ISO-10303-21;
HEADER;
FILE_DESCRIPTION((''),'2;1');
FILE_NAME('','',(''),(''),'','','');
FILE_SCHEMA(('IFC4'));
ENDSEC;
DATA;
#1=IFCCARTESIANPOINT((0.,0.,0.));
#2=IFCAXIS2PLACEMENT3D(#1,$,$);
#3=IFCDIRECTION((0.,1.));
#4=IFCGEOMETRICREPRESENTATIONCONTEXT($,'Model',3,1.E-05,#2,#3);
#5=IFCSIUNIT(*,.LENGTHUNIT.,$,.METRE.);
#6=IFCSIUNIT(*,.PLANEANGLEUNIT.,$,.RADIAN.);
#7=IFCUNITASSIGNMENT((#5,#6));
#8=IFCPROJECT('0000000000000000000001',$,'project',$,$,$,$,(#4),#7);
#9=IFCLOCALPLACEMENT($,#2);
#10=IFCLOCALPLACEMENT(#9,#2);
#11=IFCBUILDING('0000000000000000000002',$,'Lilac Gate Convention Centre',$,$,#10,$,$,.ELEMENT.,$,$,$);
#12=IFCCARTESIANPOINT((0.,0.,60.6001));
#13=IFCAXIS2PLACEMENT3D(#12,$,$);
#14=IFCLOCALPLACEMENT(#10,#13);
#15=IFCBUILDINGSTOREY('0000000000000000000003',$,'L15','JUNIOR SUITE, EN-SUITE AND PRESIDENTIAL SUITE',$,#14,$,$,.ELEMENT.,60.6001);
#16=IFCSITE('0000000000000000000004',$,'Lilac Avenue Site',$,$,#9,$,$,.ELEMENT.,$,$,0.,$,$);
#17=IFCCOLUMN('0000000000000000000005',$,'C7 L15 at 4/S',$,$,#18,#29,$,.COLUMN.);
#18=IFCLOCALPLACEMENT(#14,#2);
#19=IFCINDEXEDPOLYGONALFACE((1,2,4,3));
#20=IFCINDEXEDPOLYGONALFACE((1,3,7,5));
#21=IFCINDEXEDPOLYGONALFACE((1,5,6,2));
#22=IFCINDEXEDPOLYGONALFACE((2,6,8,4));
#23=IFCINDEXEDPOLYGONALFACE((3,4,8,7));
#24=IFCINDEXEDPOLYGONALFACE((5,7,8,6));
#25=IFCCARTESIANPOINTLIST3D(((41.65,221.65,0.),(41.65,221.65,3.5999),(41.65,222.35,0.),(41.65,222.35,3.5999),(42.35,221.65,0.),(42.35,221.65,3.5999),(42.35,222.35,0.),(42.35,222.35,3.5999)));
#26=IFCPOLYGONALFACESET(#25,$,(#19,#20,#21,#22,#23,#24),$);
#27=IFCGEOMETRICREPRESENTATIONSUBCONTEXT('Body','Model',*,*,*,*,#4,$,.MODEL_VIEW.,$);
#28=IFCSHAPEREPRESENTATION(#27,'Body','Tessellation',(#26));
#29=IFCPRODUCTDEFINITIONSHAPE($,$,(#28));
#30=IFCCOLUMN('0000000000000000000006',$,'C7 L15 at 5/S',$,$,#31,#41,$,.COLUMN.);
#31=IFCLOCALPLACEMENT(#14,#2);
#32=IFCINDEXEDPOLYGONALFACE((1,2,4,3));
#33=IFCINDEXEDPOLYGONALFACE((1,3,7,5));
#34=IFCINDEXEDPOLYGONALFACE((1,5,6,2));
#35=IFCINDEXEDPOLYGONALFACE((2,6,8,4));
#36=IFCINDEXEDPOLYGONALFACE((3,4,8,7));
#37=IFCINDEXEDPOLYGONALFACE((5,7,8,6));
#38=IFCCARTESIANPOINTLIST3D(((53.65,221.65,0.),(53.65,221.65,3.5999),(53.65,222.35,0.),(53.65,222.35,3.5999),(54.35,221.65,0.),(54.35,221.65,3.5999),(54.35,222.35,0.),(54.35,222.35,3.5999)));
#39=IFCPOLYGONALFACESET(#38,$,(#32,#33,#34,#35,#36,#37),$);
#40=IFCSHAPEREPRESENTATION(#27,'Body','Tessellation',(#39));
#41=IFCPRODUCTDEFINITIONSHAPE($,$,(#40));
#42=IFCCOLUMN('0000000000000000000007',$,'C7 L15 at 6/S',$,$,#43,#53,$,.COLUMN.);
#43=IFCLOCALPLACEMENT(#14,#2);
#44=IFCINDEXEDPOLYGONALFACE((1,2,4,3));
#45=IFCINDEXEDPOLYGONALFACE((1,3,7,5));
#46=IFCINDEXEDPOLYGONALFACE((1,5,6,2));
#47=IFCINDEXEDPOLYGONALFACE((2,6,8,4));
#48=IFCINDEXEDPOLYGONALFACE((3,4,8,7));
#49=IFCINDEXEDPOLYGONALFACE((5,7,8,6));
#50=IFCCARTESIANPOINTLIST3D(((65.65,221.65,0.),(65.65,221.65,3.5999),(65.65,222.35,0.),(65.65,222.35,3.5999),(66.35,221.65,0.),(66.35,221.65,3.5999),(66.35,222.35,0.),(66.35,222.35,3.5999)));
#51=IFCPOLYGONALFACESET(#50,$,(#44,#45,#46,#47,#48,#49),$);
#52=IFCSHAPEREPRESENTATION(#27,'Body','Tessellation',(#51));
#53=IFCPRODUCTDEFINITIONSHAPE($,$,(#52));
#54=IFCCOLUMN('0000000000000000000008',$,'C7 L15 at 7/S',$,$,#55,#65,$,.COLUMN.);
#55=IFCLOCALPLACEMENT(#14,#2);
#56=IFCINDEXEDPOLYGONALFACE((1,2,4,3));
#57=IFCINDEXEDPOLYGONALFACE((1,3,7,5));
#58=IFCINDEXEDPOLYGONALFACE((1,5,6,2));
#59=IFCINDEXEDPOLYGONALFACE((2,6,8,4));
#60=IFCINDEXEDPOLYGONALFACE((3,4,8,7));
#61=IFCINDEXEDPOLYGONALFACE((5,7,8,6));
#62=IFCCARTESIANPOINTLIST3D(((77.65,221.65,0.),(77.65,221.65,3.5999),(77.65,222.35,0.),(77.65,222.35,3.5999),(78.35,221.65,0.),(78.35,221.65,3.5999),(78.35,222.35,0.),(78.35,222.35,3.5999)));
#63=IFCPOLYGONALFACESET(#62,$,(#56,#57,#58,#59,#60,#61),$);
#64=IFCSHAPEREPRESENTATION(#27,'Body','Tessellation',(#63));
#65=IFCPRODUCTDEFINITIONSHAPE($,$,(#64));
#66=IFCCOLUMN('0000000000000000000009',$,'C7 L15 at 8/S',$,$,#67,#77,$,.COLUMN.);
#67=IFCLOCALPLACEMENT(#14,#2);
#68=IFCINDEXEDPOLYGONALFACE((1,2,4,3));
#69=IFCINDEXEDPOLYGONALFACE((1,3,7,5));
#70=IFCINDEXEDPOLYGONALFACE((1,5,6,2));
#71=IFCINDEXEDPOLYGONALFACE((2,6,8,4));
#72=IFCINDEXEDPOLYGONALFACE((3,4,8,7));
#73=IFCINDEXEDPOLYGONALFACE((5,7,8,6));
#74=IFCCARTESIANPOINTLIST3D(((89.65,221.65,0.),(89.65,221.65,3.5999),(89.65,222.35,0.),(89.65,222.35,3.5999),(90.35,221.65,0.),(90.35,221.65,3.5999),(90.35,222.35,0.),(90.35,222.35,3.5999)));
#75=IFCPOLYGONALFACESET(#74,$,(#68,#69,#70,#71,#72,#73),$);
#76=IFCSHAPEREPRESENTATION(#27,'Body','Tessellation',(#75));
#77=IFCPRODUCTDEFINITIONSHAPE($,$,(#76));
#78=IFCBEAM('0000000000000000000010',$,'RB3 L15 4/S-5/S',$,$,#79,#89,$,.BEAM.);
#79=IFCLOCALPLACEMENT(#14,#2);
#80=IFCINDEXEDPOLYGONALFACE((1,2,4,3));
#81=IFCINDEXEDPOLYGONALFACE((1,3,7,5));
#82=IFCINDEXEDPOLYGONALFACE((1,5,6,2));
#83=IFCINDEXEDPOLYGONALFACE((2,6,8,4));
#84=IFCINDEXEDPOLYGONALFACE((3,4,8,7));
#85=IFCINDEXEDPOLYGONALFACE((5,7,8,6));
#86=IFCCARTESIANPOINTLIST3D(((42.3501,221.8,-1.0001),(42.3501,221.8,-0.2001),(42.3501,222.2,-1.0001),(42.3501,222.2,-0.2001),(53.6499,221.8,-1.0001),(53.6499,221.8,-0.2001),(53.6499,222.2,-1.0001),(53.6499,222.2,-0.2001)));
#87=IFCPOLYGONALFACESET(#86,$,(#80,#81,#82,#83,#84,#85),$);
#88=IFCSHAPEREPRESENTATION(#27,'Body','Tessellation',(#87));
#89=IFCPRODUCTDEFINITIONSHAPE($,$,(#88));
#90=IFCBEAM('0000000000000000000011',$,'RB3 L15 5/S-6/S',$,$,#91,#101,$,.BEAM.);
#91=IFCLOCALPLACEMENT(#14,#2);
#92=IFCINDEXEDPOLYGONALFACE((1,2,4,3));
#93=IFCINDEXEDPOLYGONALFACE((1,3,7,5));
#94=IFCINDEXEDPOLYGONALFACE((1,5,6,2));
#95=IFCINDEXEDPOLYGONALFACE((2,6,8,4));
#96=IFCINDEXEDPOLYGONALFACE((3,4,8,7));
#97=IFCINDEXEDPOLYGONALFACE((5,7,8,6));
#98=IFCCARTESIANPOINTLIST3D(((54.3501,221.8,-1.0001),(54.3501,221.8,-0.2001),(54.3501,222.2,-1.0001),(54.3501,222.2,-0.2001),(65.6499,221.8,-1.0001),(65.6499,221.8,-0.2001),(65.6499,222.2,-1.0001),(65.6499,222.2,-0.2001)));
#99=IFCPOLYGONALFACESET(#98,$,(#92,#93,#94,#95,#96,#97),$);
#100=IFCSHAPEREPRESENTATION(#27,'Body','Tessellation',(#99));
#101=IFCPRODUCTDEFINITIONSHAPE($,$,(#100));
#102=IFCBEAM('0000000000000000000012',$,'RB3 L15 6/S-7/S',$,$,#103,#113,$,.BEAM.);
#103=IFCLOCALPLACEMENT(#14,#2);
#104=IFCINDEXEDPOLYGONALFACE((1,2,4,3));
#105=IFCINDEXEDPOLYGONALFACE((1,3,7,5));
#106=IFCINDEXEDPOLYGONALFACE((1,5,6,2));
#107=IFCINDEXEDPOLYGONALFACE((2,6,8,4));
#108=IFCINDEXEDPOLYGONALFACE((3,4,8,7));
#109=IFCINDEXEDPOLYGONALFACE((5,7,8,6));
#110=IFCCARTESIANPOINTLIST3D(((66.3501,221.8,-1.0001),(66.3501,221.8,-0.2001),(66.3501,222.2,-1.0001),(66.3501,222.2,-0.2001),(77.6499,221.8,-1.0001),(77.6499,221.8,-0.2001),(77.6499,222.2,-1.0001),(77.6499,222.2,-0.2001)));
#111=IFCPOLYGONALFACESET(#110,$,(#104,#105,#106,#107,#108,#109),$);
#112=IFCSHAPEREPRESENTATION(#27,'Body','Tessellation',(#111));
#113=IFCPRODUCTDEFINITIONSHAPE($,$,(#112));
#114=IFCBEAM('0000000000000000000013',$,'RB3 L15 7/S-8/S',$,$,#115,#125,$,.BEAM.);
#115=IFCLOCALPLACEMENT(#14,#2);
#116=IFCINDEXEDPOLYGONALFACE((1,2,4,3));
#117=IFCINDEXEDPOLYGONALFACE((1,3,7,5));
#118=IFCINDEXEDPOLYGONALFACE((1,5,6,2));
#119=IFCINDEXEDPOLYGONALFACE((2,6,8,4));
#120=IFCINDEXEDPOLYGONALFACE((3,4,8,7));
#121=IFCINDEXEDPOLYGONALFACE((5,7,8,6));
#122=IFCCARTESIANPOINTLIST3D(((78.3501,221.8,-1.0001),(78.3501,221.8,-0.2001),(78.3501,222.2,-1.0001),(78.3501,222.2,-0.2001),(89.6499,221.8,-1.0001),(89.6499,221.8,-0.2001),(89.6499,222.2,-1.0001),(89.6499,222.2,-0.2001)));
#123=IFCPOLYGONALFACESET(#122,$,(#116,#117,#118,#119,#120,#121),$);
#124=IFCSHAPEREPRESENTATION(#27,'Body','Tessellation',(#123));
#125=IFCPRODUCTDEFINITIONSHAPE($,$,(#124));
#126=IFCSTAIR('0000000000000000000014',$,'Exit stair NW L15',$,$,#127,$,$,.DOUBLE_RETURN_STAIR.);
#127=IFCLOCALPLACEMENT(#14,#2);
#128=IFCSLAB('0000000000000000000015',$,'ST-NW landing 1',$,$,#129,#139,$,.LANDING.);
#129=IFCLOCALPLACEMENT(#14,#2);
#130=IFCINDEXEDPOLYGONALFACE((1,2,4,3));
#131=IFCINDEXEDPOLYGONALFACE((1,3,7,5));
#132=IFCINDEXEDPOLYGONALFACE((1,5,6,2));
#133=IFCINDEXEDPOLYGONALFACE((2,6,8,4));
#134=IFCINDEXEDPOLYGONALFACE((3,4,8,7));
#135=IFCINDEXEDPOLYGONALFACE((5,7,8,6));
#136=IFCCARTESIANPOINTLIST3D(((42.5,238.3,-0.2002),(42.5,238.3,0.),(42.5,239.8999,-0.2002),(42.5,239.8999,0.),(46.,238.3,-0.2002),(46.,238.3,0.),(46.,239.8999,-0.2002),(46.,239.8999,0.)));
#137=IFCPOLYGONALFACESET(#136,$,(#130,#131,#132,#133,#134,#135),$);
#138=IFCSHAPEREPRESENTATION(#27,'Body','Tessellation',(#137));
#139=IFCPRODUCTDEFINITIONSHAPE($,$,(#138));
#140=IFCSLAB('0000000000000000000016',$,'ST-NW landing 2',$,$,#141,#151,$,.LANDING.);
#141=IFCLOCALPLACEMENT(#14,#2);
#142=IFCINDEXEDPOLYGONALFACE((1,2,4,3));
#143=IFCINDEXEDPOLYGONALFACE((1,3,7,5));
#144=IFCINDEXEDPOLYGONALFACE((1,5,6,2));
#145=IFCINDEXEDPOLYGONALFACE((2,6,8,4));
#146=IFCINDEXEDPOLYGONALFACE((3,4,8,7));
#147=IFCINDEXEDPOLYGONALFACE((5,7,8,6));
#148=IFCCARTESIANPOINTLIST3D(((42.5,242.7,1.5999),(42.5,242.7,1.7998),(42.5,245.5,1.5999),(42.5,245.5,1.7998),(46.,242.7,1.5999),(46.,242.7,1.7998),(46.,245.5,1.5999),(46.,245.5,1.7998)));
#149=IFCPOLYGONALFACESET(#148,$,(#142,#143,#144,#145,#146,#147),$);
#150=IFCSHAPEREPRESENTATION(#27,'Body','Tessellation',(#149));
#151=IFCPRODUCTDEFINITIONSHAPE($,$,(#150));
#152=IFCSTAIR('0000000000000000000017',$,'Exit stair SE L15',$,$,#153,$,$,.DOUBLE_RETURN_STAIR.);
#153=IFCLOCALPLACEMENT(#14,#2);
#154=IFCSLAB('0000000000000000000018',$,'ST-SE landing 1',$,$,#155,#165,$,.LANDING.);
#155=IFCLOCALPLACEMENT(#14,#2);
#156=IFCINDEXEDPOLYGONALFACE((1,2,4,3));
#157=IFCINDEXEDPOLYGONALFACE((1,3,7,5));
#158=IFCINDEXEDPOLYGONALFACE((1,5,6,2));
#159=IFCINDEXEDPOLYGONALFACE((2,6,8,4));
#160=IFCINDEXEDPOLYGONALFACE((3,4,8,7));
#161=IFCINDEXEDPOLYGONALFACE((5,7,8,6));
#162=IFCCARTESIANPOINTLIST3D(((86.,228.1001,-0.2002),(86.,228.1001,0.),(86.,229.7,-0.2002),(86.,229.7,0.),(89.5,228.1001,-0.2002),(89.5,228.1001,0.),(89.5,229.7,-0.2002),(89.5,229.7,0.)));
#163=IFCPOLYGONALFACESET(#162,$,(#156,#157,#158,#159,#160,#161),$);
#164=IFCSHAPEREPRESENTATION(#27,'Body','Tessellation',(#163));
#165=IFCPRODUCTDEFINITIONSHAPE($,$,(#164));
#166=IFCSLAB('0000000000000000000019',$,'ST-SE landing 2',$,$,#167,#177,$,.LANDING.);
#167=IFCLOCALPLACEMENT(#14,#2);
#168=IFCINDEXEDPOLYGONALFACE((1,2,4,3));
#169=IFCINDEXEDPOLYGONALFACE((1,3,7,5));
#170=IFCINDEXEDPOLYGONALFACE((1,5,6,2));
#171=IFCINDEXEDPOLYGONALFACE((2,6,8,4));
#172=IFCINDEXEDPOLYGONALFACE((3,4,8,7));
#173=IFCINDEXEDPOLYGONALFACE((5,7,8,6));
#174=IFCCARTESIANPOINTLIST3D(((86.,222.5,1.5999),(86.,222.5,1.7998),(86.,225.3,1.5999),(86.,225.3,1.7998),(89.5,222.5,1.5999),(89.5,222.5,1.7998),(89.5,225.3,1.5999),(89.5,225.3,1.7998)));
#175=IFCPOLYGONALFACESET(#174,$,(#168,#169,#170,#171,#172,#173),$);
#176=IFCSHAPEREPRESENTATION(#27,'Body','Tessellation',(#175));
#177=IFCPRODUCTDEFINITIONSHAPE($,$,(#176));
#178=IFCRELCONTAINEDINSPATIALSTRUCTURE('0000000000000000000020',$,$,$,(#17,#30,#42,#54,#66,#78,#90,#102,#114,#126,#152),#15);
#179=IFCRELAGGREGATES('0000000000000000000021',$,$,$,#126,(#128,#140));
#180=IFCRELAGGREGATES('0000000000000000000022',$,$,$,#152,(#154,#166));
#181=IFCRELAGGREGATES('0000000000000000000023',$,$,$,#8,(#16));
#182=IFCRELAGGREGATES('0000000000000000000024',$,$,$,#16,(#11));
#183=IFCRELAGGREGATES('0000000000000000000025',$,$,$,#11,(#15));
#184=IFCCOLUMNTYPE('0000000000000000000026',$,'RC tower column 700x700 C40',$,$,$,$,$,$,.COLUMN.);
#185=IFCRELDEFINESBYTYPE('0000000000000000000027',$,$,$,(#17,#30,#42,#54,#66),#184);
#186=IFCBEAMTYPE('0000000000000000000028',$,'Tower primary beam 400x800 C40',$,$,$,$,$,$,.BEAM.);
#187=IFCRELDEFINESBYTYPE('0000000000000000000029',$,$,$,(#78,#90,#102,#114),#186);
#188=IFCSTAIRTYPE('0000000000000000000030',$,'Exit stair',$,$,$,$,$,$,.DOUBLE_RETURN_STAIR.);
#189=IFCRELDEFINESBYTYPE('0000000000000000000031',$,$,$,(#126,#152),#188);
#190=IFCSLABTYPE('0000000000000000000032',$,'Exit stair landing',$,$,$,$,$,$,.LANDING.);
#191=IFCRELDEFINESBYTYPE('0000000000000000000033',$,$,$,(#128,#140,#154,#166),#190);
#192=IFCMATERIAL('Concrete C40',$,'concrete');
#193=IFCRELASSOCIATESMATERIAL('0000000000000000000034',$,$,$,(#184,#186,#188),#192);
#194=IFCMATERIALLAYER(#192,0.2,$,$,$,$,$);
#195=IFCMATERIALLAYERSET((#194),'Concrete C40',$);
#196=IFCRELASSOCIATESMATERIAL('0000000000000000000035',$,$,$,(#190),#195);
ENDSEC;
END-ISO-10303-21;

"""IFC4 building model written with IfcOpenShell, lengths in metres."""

from ifc_helpers import new_model, si_unit, direction, frame, origin, origin_2d, place, context, subcontext, project, spatial, polyline, rectangle, outline, extrude, material, layer, layer_set, material_profile, profile_set, type_object, element, aggregate, save


model = new_model("IFC4")

# Units and contexts
model_context = context("Model", 3, precision=1e-05, world=origin(), true_north=direction((0.0, 1.0)))
body_context = subcontext(model_context, "Body", "Model", "MODEL_VIEW")
ifc_project = project(units=[si_unit("LENGTHUNIT", "METRE"), si_unit("PLANEANGLEUNIT", "RADIAN")], contexts=[model_context])

# Site, building, storey
site_placement = place(None, origin())
site = spatial("IfcSite", under=ifc_project, at=site_placement, Name="Lilac Avenue Site", CompositionType="ELEMENT", RefElevation=0.0)
building_placement = place(site_placement, origin())
building = spatial("IfcBuilding", under=site, at=building_placement, Name="Lilac Gate Convention Centre", CompositionType="ELEMENT")
storey_placement = place(building_placement, frame((0.0, 0.0, 60.6001)))
storey = spatial("IfcBuildingStorey", under=building, at=storey_placement, Name="L15", Description="JUNIOR SUITE, EN-SUITE AND PRESIDENTIAL SUITE", CompositionType="ELEMENT", Elevation=60.6001)

# Columns
ifc_material_1 = material(Name="Concrete C40", Category="concrete")
ifc_material_profile_1 = material_profile(ifc_material_1, rectangle(XDim=0.7, YDim=0.7, at=origin_2d()), Name="RC 700x700")
ifc_profile_set_1 = profile_set([ifc_material_profile_1], Name="Concrete C40")
column_type = type_object("IfcColumnType", Name="RC tower column 700x700 C40", PredefinedType="COLUMN", material=ifc_profile_set_1)
for number, where, z_axis, x_axis, name in (
    (1, (42.0, 222.0, 0.0), (0.0, 0.0, 1.0), (1.0, 0.0, 0.0), "C7 L15 at 4/S"),
    (2, (54.0, 222.0, 0.0), (0.0, 0.0, 1.0), (1.0, 0.0, 0.0), "C7 L15 at 5/S"),
    (3, (66.0, 222.0, 0.0), (0.0, 0.0, 1.0), (1.0, 0.0, 0.0), "C7 L15 at 6/S"),
    (4, (78.0, 222.0, 0.0), (0.0, 0.0, 1.0), (1.0, 0.0, 0.0), "C7 L15 at 7/S"),
    (5, (90.0, 222.0, 0.0), (0.0, 0.0, 1.0), (1.0, 0.0, 0.0), "C7 L15 at 8/S"),
):
    element("IfcColumn", number, at=place(storey_placement, frame(where, z_axis=z_axis, x_axis=x_axis)), inside=storey, type_object=column_type, Name=name, PredefinedType="COLUMN", context=body_context, shape_type="SweptSolid", body=[
        extrude(rectangle(XDim=0.7, YDim=0.7, at=origin_2d()), origin(), (0.0, 0.0, 1.0), 3.5999),
    ])

# Beams
ifc_material_profile_2 = material_profile(ifc_material_1, rectangle(XDim=0.3999, YDim=0.8, at=origin_2d()), Name="RC 400x800")
ifc_profile_set_2 = profile_set([ifc_material_profile_2], Name="Concrete C40")
beam_type = type_object("IfcBeamType", Name="Tower primary beam 400x800 C40", PredefinedType="BEAM", material=ifc_profile_set_2)
for number, where, z_axis, x_axis, name in (
    (6, (42.3501, 222.0, -0.6001), (1.0, 0.0, 0.0), (0.0, 1.0, 0.0), "RB3 L15 4/S-5/S"),
    (7, (54.3501, 222.0, -0.6001), (1.0, 0.0, 0.0), (0.0, 1.0, 0.0), "RB3 L15 5/S-6/S"),
    (8, (66.3501, 222.0, -0.6001), (1.0, 0.0, 0.0), (0.0, 1.0, 0.0), "RB3 L15 6/S-7/S"),
    (9, (78.3501, 222.0, -0.6001), (1.0, 0.0, 0.0), (0.0, 1.0, 0.0), "RB3 L15 7/S-8/S"),
):
    element("IfcBeam", number, at=place(storey_placement, frame(where, z_axis=z_axis, x_axis=x_axis)), inside=storey, type_object=beam_type, Name=name, PredefinedType="BEAM", context=body_context, shape_type="SweptSolid", body=[
        extrude(rectangle(XDim=0.3999, YDim=0.8, at=origin_2d()), origin(), (0.0, 0.0, 1.0), 11.2998),
    ])

# Stairs, slabs
stair_type = type_object("IfcStairType", Name="Exit stair", PredefinedType="DOUBLE_RETURN_STAIR", material=ifc_material_1)
stair_1_placement = place(storey_placement, origin())
stair_1 = element("IfcStair", 10, at=stair_1_placement, inside=storey, type_object=stair_type, Name="Exit stair NW L15", PredefinedType="DOUBLE_RETURN_STAIR")
ifc_layer_1 = layer(ifc_material_1, 0.2)
ifc_layer_set_1 = layer_set([ifc_layer_1], Name="Concrete C40")
slab_type_1 = type_object("IfcSlabType", Name="Exit stair landing", PredefinedType="LANDING", material=ifc_layer_set_1)
slab_1_placement = place(storey_placement, frame((0.0, 0.0, -0.2002)))
slab_1 = element("IfcSlab", 11, at=slab_1_placement, type_object=slab_type_1, Name="ST-NW landing 1", PredefinedType="LANDING", context=body_context, shape_type="SweptSolid", body=[
    extrude(outline(polyline([(42.5, 238.3), (46.0, 238.3), (46.0, 239.8999), (42.5, 239.8999), (42.5, 238.3)])), origin(), (0.0, 0.0, 1.0), 0.2002),
])
slab_2_placement = place(storey_placement, frame((0.0, 0.0, 1.5999)))
slab_2 = element("IfcSlab", 12, at=slab_2_placement, type_object=slab_type_1, Name="ST-NW landing 2", PredefinedType="LANDING", context=body_context, shape_type="SweptSolid", body=[
    extrude(outline(polyline([(42.5, 242.7), (46.0, 242.7), (46.0, 245.5), (42.5, 245.5), (42.5, 242.7)])), origin(), (0.0, 0.0, 1.0), 0.2),
])
aggregate(stair_1, [slab_1, slab_2])
stair_2_placement = place(storey_placement, origin())
stair_2 = element("IfcStair", 13, at=stair_2_placement, inside=storey, type_object=stair_type, Name="Exit stair SE L15", PredefinedType="DOUBLE_RETURN_STAIR")
slab_3_placement = place(storey_placement, frame((0.0, 0.0, -0.2002)))
slab_3 = element("IfcSlab", 14, at=slab_3_placement, type_object=slab_type_1, Name="ST-SE landing 1", PredefinedType="LANDING", context=body_context, shape_type="SweptSolid", body=[
    extrude(outline(polyline([(86.0, 228.1001), (89.5, 228.1001), (89.5, 229.7), (86.0, 229.7), (86.0, 228.1001)])), origin(), (0.0, 0.0, 1.0), 0.2002),
])
slab_4_placement = place(storey_placement, frame((0.0, 0.0, 1.5999)))
slab_4 = element("IfcSlab", 15, at=slab_4_placement, type_object=slab_type_1, Name="ST-SE landing 2", PredefinedType="LANDING", context=body_context, shape_type="SweptSolid", body=[
    extrude(outline(polyline([(86.0, 222.5), (89.5, 222.5), (89.5, 225.3), (86.0, 225.3), (86.0, 222.5)])), origin(), (0.0, 0.0, 1.0), 0.2),
])
aggregate(stair_2, [slab_3, slab_4])

save(model, "model.ifc")
